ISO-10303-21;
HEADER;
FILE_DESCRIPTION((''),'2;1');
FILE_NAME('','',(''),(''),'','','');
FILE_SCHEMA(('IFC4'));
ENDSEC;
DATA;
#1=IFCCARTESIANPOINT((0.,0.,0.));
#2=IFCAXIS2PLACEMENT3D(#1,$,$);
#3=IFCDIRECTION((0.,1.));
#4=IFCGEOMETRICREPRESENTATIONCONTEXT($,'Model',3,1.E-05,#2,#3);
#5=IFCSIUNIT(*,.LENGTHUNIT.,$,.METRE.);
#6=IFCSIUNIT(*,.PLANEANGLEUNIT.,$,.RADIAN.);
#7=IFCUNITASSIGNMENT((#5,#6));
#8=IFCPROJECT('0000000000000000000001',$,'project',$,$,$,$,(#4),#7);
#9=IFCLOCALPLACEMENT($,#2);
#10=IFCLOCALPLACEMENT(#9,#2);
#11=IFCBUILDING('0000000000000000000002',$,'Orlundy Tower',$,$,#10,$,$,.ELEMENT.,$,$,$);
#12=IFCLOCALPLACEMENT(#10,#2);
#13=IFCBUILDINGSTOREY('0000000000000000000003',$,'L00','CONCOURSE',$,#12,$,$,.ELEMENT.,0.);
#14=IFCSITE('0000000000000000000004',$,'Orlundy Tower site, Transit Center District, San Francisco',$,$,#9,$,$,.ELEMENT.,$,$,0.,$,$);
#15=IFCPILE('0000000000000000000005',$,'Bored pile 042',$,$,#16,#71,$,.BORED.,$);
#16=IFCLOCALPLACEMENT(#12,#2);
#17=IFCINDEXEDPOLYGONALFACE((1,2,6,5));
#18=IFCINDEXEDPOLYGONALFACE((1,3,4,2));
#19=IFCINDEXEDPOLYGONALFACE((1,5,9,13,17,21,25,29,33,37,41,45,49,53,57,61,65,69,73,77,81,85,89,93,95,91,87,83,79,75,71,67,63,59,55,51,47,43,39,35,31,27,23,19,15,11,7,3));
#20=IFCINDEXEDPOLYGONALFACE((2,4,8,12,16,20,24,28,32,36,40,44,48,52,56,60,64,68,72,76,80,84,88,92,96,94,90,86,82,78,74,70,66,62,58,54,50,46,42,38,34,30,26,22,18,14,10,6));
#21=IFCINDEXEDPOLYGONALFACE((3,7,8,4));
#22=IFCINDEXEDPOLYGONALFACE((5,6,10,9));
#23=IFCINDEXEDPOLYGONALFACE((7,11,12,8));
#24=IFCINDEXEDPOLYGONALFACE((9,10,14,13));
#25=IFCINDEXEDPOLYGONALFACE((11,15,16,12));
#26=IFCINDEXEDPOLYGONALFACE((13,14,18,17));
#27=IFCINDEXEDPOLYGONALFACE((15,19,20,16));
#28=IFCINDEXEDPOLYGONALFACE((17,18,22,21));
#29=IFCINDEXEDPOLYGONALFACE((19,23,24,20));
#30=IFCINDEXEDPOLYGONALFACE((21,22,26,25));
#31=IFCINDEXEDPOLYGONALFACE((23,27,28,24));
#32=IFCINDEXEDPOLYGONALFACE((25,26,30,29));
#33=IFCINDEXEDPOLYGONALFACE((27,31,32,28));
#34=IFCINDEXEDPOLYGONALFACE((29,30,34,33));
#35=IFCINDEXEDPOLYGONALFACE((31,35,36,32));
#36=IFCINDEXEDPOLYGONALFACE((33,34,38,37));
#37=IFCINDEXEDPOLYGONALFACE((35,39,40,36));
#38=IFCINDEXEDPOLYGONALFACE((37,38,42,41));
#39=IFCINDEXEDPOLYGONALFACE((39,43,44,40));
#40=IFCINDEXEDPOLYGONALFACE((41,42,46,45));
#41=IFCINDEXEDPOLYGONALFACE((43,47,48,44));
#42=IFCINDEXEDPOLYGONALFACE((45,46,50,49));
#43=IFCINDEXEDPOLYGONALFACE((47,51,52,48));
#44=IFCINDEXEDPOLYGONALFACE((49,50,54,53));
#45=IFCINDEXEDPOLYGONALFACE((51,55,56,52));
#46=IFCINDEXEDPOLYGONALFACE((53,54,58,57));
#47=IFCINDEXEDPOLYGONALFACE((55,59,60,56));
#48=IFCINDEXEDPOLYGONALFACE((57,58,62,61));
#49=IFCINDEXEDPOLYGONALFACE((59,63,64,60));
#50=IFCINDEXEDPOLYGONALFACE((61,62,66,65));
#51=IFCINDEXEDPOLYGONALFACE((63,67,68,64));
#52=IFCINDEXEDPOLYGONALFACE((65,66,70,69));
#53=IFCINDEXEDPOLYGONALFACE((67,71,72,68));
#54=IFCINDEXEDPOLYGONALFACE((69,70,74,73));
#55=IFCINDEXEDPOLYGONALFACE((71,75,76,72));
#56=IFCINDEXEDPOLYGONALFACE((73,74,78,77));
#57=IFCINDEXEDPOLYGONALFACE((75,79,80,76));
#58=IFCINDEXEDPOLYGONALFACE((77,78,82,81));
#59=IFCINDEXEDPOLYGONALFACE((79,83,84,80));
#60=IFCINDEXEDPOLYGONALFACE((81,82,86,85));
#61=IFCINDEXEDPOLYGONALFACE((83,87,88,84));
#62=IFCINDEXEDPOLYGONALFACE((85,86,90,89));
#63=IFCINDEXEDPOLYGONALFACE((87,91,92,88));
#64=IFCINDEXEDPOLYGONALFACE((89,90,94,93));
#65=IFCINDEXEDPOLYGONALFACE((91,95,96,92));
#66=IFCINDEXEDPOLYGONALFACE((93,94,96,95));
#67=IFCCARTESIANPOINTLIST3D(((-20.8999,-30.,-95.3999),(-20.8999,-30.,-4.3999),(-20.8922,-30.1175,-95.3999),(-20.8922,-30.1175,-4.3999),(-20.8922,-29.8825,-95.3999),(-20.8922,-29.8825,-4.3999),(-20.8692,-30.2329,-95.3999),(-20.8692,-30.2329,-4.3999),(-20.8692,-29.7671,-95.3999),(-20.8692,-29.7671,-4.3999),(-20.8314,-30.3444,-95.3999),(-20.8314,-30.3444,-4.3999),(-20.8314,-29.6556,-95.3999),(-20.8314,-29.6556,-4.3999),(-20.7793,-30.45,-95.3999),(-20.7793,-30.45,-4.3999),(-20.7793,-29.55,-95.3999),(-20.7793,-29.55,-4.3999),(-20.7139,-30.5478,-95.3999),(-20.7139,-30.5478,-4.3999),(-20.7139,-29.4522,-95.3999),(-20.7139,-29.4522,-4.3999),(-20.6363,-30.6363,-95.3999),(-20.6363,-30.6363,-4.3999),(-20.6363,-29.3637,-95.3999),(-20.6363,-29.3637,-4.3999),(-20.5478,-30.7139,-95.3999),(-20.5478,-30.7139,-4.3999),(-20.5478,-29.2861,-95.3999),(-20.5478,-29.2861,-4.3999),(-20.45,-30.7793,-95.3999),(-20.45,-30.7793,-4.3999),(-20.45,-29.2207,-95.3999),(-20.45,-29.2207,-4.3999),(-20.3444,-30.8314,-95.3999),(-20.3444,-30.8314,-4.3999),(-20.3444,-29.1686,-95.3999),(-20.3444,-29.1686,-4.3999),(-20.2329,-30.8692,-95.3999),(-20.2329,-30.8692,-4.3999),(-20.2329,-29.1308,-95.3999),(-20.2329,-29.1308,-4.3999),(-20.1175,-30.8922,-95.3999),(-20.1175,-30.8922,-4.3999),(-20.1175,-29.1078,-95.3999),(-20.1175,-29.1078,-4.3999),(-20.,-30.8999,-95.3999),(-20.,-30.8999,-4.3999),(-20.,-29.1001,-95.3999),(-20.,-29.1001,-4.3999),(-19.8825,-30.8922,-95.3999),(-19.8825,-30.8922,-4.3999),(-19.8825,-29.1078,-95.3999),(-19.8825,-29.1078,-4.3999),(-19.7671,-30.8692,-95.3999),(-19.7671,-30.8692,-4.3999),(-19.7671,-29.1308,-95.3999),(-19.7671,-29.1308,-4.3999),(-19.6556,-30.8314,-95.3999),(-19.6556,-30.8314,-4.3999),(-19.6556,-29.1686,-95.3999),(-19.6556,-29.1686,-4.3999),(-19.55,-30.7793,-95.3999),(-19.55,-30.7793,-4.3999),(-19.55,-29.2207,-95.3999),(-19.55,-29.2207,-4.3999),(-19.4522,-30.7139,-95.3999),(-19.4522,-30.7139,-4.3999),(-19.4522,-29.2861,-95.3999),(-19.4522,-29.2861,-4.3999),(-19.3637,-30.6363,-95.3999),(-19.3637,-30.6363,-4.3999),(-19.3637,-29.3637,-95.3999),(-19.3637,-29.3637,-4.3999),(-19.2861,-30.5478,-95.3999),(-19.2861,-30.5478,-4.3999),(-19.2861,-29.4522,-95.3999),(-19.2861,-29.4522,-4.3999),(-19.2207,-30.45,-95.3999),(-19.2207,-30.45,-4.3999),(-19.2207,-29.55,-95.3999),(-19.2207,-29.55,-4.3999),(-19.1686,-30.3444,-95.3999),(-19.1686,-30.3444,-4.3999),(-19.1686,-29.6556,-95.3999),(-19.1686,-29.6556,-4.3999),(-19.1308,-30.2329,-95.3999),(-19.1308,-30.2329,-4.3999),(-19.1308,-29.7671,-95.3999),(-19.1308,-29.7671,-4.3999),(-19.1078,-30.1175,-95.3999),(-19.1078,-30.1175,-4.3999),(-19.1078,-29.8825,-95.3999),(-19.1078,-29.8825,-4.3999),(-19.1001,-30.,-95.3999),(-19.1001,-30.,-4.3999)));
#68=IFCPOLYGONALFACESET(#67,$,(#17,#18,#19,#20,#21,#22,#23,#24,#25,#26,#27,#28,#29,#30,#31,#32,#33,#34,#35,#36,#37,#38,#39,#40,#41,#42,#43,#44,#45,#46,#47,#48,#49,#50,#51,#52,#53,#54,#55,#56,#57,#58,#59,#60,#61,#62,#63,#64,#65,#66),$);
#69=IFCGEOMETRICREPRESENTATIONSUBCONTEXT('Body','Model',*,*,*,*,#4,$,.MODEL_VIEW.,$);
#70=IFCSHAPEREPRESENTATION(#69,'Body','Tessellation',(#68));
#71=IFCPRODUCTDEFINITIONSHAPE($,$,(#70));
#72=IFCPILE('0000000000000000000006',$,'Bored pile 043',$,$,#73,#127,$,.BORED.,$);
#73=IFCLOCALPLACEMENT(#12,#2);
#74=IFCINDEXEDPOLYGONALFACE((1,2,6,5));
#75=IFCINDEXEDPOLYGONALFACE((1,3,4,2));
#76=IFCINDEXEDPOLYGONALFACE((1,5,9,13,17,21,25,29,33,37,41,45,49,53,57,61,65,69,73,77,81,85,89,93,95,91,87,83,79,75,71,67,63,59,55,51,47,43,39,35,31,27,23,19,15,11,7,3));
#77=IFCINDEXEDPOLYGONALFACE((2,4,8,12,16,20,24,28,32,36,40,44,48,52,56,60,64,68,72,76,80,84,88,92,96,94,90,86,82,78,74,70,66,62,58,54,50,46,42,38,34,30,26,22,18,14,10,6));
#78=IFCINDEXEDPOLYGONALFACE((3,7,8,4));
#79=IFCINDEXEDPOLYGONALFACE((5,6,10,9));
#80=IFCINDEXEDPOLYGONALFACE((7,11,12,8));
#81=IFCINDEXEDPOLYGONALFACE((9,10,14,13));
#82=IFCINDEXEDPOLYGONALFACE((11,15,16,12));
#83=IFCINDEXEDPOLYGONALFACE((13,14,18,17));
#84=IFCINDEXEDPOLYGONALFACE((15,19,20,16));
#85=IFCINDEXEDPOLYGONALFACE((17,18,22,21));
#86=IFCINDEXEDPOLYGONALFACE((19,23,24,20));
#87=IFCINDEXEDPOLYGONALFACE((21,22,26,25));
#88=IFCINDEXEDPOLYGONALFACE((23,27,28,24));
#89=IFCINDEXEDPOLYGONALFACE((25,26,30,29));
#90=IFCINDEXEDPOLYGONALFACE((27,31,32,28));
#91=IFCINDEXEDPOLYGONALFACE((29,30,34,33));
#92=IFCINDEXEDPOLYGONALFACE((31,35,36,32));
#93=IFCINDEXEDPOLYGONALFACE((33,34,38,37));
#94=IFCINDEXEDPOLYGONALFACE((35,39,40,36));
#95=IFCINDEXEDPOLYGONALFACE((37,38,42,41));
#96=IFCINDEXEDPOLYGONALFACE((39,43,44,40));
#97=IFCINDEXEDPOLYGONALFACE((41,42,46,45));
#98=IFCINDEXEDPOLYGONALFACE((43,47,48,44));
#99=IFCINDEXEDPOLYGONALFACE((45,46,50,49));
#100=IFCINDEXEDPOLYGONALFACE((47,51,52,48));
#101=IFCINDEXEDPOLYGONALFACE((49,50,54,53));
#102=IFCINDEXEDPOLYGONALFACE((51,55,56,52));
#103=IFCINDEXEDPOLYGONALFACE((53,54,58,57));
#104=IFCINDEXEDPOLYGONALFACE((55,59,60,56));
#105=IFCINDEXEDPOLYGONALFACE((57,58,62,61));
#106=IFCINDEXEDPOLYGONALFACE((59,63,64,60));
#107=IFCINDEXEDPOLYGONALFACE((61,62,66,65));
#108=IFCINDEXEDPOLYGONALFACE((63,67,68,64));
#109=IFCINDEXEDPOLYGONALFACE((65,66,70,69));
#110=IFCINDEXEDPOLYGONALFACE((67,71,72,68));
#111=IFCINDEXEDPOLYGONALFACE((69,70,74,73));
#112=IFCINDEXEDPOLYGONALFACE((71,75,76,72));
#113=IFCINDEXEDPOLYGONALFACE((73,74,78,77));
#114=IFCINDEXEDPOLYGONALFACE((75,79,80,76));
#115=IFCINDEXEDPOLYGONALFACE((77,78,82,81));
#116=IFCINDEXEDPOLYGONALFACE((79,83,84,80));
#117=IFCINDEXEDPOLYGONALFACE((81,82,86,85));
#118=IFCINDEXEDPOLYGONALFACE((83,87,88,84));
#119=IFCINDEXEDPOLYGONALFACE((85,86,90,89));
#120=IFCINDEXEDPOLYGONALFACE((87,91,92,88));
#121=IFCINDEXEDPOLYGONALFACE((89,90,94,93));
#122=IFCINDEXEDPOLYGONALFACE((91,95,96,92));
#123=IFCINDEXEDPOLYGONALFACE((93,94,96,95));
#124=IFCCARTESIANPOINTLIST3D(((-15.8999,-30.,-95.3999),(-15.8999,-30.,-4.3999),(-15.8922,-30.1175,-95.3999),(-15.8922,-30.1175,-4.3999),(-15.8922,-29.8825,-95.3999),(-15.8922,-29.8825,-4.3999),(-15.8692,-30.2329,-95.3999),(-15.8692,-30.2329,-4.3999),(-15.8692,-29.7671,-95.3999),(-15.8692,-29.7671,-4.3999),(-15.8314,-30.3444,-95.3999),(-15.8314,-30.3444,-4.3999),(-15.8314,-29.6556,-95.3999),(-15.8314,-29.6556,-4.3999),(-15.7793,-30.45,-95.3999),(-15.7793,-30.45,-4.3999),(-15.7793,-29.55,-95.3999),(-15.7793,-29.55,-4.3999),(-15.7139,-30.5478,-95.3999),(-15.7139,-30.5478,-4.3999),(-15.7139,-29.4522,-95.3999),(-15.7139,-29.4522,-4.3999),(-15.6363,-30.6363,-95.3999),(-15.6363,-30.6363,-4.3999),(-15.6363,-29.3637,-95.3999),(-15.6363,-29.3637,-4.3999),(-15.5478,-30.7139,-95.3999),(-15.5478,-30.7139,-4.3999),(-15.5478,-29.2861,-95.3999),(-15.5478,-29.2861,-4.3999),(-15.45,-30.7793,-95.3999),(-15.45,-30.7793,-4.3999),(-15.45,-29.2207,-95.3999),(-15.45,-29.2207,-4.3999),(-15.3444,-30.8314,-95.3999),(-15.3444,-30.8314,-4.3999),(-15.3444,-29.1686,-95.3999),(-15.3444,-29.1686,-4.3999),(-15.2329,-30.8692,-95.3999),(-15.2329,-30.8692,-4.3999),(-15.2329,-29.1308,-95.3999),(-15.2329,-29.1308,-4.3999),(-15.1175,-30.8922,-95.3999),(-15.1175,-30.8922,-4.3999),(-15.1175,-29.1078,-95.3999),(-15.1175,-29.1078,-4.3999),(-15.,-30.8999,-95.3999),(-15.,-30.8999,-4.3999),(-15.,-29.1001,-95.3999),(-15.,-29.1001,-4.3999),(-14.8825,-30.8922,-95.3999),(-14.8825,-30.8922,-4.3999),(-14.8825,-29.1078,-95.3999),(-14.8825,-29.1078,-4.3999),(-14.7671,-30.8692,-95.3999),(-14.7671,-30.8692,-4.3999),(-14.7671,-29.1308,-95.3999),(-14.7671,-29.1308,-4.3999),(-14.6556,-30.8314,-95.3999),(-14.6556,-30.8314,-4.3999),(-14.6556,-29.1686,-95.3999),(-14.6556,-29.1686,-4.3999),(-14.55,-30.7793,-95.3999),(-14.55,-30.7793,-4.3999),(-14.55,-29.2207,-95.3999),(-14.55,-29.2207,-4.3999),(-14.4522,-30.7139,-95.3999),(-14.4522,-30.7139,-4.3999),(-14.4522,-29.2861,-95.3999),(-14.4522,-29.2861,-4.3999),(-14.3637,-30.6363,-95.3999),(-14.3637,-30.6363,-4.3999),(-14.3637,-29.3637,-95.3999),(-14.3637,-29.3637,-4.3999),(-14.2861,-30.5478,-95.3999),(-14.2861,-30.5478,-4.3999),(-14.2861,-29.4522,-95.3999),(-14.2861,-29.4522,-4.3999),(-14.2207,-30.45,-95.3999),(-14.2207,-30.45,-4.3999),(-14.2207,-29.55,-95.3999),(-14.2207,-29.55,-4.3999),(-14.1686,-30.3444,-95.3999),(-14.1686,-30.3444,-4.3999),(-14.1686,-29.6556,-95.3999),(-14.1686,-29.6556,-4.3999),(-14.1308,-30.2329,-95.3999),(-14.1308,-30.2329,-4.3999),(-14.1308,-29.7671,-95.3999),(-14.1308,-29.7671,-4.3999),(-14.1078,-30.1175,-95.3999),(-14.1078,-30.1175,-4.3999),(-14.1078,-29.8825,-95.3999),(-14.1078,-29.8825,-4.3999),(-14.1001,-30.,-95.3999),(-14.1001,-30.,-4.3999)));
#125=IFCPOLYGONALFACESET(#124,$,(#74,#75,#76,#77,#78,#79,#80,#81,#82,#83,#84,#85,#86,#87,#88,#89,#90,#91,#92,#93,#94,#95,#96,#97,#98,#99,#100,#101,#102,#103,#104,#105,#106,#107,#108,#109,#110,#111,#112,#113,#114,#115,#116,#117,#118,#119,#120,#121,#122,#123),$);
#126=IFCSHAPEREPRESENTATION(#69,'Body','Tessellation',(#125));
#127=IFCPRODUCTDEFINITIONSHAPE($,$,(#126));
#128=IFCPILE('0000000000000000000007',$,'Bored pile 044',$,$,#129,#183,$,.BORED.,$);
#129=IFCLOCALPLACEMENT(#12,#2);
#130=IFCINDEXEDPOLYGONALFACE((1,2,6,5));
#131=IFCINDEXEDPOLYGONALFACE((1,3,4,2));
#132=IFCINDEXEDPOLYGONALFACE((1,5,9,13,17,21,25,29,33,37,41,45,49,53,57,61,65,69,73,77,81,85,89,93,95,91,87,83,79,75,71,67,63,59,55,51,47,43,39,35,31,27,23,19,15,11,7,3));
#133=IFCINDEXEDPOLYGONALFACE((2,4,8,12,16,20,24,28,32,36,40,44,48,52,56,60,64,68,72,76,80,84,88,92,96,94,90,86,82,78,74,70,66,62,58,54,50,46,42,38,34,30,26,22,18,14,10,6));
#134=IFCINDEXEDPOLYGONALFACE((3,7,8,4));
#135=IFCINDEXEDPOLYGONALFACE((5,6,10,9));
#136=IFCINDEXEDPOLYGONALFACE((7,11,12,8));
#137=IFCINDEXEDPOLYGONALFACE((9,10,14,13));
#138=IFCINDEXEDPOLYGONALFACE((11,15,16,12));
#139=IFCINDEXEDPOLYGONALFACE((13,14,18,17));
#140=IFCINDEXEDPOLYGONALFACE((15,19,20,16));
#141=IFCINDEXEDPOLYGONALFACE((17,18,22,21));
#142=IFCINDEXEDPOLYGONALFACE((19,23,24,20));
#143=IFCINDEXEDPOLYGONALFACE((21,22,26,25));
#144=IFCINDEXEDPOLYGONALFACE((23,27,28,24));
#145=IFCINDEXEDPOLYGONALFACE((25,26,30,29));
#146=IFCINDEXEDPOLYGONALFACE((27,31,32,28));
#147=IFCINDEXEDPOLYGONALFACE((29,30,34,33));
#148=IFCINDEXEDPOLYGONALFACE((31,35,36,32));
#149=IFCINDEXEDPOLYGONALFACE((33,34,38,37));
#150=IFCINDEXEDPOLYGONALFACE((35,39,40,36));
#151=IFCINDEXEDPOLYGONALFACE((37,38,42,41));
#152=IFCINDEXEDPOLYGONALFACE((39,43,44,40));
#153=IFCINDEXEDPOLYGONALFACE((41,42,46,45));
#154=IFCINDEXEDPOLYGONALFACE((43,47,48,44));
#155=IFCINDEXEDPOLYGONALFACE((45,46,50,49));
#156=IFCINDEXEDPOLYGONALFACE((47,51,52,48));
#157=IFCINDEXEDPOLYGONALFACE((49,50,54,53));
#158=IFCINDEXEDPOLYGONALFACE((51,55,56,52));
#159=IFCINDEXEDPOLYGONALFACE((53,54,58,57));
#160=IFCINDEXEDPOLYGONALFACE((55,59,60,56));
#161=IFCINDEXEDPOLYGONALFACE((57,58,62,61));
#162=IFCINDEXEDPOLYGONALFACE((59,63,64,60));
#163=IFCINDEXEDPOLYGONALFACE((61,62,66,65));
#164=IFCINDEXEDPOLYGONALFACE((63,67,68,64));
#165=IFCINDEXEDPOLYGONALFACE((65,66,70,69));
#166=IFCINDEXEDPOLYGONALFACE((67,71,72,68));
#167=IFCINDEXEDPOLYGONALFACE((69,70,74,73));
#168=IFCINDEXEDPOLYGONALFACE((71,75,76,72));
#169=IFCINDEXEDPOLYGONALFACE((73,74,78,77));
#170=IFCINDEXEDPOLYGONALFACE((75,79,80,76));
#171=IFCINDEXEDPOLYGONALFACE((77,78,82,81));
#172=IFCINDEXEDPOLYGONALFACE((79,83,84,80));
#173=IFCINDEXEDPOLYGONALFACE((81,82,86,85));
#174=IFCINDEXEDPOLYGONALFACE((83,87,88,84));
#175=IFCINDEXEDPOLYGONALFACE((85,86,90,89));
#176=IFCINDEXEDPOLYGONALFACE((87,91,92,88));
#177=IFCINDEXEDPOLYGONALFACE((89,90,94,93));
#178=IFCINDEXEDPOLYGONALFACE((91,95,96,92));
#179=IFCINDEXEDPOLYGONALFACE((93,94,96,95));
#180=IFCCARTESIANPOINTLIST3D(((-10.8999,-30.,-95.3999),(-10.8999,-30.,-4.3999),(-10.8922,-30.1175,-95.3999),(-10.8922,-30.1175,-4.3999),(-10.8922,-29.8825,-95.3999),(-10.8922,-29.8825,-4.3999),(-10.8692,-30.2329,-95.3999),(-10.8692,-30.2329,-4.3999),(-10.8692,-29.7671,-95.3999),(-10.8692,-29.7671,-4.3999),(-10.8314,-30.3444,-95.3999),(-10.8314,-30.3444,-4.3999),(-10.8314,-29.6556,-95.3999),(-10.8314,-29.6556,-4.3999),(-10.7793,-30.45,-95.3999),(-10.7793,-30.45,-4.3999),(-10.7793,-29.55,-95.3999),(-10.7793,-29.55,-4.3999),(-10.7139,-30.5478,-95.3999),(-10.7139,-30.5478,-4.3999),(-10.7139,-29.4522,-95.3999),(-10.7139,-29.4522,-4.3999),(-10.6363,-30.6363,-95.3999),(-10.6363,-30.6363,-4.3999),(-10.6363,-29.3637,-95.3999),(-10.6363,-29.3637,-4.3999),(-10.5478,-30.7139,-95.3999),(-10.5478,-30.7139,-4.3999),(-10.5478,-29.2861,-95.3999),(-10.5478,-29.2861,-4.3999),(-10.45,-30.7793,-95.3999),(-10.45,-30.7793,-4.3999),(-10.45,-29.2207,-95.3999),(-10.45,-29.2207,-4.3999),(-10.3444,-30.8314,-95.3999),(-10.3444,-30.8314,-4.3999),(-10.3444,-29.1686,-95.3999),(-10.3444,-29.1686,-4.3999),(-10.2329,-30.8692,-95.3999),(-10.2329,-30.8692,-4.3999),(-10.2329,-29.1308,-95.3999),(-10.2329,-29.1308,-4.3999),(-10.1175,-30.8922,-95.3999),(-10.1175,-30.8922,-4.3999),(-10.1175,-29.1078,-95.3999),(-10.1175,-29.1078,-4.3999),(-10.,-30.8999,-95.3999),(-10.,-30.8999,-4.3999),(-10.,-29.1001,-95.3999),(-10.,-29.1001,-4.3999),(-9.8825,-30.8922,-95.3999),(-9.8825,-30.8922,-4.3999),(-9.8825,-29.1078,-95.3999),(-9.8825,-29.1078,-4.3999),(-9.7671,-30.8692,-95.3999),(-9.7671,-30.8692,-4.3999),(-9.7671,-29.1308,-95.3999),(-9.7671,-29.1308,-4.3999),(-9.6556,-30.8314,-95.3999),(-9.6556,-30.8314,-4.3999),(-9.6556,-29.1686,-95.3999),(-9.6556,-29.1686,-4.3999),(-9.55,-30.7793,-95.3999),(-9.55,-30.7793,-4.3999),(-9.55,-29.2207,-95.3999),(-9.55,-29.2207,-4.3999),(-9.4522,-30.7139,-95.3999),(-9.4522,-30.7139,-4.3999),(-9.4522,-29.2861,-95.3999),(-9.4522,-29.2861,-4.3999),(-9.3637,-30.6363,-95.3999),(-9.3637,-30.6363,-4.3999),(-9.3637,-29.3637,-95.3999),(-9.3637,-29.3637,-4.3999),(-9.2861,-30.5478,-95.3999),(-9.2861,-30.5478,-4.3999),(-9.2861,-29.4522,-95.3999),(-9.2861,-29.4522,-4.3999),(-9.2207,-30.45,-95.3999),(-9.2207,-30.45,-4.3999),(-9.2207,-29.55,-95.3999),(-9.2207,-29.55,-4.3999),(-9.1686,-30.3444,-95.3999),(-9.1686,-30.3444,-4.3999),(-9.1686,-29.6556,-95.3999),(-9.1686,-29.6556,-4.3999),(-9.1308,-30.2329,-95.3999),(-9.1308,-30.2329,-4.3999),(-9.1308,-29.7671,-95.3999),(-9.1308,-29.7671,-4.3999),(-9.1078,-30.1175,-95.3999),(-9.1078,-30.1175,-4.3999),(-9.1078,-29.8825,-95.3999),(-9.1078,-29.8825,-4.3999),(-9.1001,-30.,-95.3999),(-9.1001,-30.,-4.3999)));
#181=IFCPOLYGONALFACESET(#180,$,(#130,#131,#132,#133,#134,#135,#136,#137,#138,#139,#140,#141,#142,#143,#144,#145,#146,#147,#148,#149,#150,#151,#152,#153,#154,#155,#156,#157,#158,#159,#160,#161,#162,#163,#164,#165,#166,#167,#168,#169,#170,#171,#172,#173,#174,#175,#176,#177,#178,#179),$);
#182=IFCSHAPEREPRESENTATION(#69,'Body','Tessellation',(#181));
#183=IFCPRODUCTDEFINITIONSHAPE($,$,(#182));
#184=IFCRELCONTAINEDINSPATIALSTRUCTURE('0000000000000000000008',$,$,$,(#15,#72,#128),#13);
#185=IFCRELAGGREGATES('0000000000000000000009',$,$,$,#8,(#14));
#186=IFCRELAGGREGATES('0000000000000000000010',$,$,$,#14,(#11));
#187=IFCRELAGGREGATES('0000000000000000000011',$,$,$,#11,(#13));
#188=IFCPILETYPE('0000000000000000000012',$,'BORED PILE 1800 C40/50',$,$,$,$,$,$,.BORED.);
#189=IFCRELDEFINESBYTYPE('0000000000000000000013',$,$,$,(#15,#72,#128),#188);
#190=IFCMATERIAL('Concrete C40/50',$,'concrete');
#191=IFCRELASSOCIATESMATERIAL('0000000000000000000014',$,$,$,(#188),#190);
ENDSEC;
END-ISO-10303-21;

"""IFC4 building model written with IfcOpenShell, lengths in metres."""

from ifc_helpers import new_model, si_unit, direction, frame, origin, origin_2d, place, context, subcontext, project, spatial, circle, extrude, material, material_profile, profile_set, type_object, element, save


model = new_model("IFC4")

# Units and contexts
model_context = context("Model", 3, precision=1e-05, world=origin(), true_north=direction((0.0, 1.0)))
body_context = subcontext(model_context, "Body", "Model", "MODEL_VIEW")
ifc_project = project(units=[si_unit("LENGTHUNIT", "METRE"), si_unit("PLANEANGLEUNIT", "RADIAN")], contexts=[model_context])

# Site, building, storey
site_placement = place(None, origin())
site = spatial("IfcSite", under=ifc_project, at=site_placement, Name="Orlundy Tower site, Transit Center District, San Francisco", CompositionType="ELEMENT", RefElevation=0.0)
building_placement = place(site_placement, origin())
building = spatial("IfcBuilding", under=site, at=building_placement, Name="Orlundy Tower", CompositionType="ELEMENT")
storey_placement = place(building_placement, origin())
storey = spatial("IfcBuildingStorey", under=building, at=storey_placement, Name="L00", Description="CONCOURSE", CompositionType="ELEMENT", Elevation=0.0)

# Piles
ifc_material_1 = material(Name="Concrete C40/50", Category="concrete")
ifc_material_profile_1 = material_profile(ifc_material_1, circle(Radius=0.8999, at=origin_2d()), Name="BP1800")
ifc_profile_set_1 = profile_set([ifc_material_profile_1], Name="Concrete C40/50")
pile_type = type_object("IfcPileType", Name="BORED PILE 1800 C40/50", PredefinedType="BORED", material=ifc_profile_set_1)
for number, where, z_axis, x_axis, name in (
    (1, (-20.0, -30.0, -4.3999), (0.0, 0.0, -1.0), (1.0, 0.0, 0.0), "Bored pile 042"),
    (2, (-15.0, -30.0, -4.3999), (0.0, 0.0, -1.0), (1.0, 0.0, 0.0), "Bored pile 043"),
    (3, (-10.0, -30.0, -4.3999), (0.0, 0.0, -1.0), (1.0, 0.0, 0.0), "Bored pile 044"),
):
    element("IfcPile", number, at=place(storey_placement, frame(where, z_axis=z_axis, x_axis=x_axis)), inside=storey, type_object=pile_type, Name=name, PredefinedType="BORED", context=body_context, shape_type="SweptSolid", body=[
        extrude(circle(Radius=0.8999, at=origin_2d()), origin(), (0.0, 0.0, 1.0), 91.0),
    ])

save(model, "model.ifc")
